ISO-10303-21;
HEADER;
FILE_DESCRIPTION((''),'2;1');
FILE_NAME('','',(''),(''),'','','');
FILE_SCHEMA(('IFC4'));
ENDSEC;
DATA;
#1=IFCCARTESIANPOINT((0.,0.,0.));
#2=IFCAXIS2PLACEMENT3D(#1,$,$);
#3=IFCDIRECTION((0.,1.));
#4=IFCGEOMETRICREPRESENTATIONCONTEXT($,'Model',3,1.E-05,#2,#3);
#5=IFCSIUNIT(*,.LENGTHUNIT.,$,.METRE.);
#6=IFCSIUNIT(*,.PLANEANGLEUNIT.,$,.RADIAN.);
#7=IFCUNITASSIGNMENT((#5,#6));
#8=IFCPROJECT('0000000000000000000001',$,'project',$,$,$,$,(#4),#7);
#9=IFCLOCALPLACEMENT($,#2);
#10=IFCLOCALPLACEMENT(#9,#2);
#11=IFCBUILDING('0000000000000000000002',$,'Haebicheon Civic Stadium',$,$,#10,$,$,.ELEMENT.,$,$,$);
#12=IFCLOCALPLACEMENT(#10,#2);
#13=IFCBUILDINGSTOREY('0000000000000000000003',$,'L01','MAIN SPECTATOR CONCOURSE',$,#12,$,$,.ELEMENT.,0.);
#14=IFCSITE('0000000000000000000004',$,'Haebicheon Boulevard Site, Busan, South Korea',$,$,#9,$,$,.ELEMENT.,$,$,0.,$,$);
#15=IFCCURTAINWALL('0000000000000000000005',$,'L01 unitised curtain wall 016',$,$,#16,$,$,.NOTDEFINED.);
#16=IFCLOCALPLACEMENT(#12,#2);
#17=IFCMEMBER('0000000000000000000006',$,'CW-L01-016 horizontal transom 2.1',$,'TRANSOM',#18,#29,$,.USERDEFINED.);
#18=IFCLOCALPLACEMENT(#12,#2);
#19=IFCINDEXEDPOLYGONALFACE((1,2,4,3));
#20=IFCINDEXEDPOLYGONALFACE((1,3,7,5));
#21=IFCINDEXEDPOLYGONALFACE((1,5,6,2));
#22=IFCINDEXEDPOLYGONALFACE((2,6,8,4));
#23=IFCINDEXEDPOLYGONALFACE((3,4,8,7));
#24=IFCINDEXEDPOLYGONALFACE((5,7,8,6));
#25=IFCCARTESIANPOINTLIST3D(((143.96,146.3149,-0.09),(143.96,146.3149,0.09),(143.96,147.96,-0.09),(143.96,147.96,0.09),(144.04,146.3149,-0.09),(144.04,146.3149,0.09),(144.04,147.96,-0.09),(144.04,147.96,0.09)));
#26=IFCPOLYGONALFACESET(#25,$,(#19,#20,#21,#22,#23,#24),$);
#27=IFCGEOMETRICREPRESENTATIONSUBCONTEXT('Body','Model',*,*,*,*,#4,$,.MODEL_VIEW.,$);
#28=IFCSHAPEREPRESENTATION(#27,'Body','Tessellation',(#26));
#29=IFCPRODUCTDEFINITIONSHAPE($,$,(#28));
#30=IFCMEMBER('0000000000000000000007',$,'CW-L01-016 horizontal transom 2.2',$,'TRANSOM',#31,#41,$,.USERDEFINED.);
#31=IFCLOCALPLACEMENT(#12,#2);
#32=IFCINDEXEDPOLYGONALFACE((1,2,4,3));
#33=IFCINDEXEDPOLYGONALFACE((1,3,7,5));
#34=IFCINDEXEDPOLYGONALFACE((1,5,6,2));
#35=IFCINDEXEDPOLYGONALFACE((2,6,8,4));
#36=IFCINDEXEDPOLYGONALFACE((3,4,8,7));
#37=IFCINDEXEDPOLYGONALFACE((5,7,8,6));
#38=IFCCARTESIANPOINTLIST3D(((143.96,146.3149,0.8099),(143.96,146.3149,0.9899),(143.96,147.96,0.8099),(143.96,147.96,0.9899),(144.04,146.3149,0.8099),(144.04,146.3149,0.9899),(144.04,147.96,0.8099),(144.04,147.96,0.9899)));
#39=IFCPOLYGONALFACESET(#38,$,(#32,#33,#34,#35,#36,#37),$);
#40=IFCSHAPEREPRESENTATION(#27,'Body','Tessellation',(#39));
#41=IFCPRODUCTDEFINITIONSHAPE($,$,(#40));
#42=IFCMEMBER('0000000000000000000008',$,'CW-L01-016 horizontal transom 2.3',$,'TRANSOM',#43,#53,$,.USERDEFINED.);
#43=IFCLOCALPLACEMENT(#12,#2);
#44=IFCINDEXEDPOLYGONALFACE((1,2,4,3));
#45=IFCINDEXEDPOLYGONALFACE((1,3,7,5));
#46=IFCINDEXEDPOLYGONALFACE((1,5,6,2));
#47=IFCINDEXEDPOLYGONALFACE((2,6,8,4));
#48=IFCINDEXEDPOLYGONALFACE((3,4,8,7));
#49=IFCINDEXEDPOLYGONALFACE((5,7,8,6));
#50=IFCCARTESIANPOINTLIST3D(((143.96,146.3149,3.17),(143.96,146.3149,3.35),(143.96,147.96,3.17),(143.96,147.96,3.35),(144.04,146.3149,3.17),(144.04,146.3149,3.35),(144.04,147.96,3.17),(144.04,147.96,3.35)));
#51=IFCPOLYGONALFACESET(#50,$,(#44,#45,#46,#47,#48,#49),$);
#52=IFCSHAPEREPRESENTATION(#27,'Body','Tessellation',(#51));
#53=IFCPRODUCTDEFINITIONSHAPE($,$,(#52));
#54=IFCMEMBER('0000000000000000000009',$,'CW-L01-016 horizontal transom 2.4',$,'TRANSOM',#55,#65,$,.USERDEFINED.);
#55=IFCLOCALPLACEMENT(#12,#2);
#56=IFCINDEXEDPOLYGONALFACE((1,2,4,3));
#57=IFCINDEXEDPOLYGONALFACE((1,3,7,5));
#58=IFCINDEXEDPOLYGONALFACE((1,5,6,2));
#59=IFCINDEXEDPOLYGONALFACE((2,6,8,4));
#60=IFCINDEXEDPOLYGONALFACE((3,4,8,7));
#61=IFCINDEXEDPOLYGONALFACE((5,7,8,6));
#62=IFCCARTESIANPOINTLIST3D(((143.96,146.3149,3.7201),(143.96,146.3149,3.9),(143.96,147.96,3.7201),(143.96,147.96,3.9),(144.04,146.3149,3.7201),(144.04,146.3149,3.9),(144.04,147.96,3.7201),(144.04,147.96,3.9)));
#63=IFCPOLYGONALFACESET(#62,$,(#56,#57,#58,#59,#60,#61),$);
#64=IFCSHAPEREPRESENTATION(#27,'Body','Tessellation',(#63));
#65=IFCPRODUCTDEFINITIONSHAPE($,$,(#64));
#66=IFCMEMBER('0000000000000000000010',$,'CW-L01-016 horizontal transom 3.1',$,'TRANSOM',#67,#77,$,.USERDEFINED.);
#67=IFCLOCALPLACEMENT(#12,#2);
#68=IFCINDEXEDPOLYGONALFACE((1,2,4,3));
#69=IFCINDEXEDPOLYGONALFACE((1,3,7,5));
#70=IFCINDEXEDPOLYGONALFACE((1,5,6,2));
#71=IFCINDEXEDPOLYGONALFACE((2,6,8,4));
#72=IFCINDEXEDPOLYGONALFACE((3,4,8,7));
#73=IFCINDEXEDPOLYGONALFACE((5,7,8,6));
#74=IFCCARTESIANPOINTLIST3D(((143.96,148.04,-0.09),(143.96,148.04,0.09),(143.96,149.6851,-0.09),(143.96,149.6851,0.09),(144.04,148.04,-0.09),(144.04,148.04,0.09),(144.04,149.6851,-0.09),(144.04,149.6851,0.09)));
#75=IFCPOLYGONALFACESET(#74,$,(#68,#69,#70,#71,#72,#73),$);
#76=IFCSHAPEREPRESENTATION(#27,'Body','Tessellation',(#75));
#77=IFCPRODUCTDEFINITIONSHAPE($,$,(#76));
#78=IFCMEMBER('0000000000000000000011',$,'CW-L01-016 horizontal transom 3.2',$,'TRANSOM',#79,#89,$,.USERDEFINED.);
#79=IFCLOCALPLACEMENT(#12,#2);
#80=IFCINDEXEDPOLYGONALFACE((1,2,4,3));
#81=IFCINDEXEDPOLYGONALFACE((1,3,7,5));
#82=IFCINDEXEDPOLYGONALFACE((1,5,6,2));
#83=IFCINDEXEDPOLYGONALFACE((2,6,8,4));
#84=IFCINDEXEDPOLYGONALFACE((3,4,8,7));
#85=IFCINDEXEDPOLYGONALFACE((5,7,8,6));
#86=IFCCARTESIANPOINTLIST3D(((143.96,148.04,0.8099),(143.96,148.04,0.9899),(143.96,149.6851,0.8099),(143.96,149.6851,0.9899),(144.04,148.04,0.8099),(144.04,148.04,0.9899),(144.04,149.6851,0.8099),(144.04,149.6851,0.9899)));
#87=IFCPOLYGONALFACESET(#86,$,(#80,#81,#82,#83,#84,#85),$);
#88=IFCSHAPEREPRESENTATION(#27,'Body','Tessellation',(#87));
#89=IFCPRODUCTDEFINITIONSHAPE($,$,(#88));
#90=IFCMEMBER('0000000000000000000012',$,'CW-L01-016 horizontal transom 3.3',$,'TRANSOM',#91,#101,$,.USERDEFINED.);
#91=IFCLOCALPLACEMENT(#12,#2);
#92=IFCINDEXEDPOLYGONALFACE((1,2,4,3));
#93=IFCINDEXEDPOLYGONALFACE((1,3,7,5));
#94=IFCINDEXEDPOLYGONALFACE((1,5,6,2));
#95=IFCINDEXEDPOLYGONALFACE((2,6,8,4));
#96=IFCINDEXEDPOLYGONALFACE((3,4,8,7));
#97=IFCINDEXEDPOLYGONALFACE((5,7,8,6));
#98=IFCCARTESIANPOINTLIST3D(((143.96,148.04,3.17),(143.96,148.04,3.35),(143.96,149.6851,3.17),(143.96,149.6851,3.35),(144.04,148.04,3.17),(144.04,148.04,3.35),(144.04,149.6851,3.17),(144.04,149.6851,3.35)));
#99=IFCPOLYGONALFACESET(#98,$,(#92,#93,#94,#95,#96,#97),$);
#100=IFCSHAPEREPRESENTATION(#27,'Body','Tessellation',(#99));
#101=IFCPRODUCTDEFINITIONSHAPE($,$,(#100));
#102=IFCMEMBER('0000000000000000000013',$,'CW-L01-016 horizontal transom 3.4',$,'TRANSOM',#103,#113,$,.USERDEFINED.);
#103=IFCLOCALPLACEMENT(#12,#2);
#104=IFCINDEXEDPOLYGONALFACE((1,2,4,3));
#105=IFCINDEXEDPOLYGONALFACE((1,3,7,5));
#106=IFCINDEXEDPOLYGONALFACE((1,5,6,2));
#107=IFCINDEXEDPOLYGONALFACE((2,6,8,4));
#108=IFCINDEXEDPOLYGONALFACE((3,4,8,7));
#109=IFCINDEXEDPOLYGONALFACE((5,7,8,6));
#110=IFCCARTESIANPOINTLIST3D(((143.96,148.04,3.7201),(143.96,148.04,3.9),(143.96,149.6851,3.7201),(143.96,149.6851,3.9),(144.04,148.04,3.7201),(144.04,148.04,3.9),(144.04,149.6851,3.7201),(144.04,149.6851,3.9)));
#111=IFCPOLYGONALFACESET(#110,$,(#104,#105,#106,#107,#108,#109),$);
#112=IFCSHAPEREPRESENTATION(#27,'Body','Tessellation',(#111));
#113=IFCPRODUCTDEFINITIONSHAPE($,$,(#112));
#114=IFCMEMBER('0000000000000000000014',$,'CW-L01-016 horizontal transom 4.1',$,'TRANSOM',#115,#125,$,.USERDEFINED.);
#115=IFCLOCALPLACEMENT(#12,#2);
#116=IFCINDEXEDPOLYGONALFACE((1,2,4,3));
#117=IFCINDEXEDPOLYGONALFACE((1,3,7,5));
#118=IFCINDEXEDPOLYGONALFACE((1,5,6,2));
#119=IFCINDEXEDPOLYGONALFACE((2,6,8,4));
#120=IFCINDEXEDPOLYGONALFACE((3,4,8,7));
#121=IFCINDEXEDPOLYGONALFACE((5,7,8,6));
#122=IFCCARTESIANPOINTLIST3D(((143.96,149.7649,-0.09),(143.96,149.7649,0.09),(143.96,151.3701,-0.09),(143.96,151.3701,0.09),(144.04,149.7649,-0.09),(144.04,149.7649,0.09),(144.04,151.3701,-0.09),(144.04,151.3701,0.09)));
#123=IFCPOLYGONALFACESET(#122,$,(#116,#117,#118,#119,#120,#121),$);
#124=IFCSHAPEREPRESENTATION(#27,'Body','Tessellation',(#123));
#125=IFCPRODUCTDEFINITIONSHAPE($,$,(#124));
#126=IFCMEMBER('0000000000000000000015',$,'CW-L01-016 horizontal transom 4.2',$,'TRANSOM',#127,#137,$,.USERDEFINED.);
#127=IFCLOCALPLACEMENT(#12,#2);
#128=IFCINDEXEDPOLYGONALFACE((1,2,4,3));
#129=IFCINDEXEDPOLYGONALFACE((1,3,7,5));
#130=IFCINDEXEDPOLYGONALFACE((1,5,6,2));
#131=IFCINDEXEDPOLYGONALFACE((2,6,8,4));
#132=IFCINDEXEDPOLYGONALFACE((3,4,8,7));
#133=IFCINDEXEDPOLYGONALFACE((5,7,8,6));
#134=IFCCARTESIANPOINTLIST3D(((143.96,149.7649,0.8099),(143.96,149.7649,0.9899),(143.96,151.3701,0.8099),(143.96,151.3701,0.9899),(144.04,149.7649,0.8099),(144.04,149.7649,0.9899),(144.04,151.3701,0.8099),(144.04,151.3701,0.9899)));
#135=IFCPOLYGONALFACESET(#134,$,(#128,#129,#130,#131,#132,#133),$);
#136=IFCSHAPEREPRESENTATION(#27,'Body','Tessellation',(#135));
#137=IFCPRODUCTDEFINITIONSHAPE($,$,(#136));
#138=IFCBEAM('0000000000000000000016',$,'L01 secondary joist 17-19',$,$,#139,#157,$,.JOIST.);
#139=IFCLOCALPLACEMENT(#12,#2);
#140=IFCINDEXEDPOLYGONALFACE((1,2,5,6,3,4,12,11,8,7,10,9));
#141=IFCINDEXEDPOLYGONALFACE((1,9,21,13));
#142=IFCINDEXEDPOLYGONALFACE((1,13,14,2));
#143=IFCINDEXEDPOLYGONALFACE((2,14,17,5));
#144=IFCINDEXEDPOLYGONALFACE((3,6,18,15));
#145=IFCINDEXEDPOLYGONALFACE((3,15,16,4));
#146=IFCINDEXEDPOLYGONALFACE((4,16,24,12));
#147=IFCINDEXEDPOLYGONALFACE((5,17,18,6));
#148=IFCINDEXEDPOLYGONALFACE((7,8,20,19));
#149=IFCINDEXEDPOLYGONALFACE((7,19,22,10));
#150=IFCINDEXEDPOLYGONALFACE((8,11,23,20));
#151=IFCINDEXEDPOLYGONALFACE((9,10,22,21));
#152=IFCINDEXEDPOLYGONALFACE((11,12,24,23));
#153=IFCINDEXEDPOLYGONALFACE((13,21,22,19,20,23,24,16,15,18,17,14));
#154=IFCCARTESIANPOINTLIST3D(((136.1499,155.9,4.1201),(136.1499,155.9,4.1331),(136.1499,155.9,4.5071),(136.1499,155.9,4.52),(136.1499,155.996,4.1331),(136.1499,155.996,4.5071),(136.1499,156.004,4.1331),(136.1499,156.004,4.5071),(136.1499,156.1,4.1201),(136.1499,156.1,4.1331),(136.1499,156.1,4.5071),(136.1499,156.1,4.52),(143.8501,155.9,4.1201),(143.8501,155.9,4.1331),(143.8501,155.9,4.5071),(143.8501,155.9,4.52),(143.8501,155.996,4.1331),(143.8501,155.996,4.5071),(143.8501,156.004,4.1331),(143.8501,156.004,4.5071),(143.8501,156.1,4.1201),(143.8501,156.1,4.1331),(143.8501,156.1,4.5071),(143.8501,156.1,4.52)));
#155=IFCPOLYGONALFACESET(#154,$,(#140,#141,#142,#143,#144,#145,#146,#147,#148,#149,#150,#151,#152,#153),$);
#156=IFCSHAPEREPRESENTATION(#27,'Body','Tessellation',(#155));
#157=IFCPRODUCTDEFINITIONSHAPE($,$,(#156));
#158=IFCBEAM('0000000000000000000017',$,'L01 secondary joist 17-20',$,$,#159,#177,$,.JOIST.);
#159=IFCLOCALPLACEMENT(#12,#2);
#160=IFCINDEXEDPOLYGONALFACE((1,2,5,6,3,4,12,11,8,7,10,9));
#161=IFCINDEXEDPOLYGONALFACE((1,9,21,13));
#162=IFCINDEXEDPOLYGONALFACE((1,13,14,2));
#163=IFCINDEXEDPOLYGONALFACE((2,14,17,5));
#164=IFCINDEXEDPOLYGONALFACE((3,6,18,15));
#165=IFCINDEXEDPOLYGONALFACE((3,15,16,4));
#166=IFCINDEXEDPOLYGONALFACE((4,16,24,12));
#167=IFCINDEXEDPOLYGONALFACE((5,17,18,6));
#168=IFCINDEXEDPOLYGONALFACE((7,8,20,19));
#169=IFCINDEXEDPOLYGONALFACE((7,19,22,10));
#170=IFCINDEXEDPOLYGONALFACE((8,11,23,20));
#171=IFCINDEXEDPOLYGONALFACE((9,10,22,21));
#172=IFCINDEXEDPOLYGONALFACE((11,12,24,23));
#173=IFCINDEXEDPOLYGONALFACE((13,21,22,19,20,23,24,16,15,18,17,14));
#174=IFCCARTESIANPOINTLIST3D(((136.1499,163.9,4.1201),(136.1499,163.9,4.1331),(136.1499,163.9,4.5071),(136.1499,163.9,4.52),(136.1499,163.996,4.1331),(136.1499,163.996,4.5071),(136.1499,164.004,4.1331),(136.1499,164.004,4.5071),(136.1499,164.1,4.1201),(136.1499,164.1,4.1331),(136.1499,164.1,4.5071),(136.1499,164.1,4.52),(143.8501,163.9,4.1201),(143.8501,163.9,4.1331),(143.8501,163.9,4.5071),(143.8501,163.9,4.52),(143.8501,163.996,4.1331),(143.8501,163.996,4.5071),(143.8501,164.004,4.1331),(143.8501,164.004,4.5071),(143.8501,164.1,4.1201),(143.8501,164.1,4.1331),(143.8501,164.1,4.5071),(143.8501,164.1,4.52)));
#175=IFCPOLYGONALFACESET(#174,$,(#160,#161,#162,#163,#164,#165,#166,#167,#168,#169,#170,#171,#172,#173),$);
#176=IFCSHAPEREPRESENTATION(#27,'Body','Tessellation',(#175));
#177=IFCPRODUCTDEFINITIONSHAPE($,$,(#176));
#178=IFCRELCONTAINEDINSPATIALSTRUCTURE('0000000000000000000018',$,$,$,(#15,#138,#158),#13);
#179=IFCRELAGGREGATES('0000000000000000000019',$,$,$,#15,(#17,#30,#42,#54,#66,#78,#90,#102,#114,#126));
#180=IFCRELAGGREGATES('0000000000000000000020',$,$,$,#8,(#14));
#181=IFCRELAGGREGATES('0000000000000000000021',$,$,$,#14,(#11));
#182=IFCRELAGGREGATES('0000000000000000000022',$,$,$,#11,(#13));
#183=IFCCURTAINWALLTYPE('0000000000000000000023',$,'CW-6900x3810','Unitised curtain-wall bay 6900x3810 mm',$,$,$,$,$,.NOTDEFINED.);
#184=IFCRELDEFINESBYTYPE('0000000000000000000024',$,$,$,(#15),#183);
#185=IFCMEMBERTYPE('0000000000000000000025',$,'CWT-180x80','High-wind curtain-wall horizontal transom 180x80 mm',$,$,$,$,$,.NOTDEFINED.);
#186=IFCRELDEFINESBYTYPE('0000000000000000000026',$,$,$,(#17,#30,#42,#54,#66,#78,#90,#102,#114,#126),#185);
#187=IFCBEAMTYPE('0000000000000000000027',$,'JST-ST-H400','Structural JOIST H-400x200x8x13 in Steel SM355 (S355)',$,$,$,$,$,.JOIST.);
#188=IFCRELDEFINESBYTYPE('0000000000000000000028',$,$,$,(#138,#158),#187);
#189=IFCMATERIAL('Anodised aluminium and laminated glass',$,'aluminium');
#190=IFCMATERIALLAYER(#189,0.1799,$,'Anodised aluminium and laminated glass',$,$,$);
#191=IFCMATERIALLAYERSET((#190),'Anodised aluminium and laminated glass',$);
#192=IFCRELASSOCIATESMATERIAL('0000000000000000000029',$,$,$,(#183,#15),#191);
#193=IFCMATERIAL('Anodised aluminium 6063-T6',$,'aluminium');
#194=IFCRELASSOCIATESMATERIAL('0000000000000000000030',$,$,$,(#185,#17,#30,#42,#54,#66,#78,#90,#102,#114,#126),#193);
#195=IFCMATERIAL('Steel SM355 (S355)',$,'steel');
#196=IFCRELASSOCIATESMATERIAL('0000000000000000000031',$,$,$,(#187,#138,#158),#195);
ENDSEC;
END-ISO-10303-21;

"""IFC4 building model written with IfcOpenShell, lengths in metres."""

from ifc_helpers import new_model, si_unit, direction, frame, origin, origin_2d, place, context, subcontext, project, spatial, rectangle, i_section, extrude, material, layer, layer_set, material_profile, profile_set, type_object, element, aggregate, save


model = new_model("IFC4")

# Units and contexts
model_context = context("Model", 3, precision=1e-05, world=origin(), true_north=direction((0.0, 1.0)))
body_context = subcontext(model_context, "Body", "Model", "MODEL_VIEW")
ifc_project = project(units=[si_unit("LENGTHUNIT", "METRE"), si_unit("PLANEANGLEUNIT", "RADIAN")], contexts=[model_context])

# Site, building, storey
site_placement = place(None, origin())
site = spatial("IfcSite", under=ifc_project, at=site_placement, Name="Haebicheon Boulevard Site, Busan, South Korea", CompositionType="ELEMENT", RefElevation=0.0)
building_placement = place(site_placement, origin())
building = spatial("IfcBuilding", under=site, at=building_placement, Name="Haebicheon Civic Stadium", CompositionType="ELEMENT")
storey_placement = place(building_placement, origin())
storey = spatial("IfcBuildingStorey", under=building, at=storey_placement, Name="L01", Description="MAIN SPECTATOR CONCOURSE", CompositionType="ELEMENT", Elevation=0.0)

# Curtain wall, members
ifc_material_1 = material(Name="Anodised aluminium and laminated glass", Category="aluminium")
ifc_layer_1 = layer(ifc_material_1, 0.1799, Name="Anodised aluminium and laminated glass")
ifc_layer_set_1 = layer_set([ifc_layer_1], Name="Anodised aluminium and laminated glass")
curtain_wall_type = type_object("IfcCurtainWallType", Name="CW-6900x3810", Description="Unitised curtain-wall bay 6900x3810 mm", PredefinedType="NOTDEFINED", material=ifc_layer_set_1)
curtain_wall_placement = place(storey_placement, origin())
curtain_wall = element("IfcCurtainWall", 1, at=curtain_wall_placement, inside=storey, type_object=curtain_wall_type, material=ifc_layer_set_1, Name="L01 unitised curtain wall 016", PredefinedType="NOTDEFINED")
ifc_material_2 = material(Name="Anodised aluminium 6063-T6", Category="aluminium")
ifc_material_profile_1 = material_profile(ifc_material_2, rectangle(XDim=0.0801, YDim=0.1799, at=origin_2d()), Name="ALU-TRAN-80x180")
ifc_profile_set_1 = profile_set([ifc_material_profile_1], Name="Anodised aluminium 6063-T6")
member_type_1 = type_object("IfcMemberType", Name="CWT-180x80", Description="High-wind curtain-wall horizontal transom 180x80 mm", PredefinedType="NOTDEFINED", material=ifc_profile_set_1)
member_1_placement = place(storey_placement, frame((144.0, 146.3149, 0.0), z_axis=(0.0, 1.0, 0.0), x_axis=(-1.0, 0.0, 0.0)))
member_1 = element("IfcMember", 2, at=member_1_placement, type_object=member_type_1, material=ifc_profile_set_1, Name="CW-L01-016 horizontal transom 2.1", ObjectType="TRANSOM", PredefinedType="USERDEFINED", context=body_context, shape_type="SweptSolid", body=[
    extrude(rectangle(XDim=0.0801, YDim=0.1799, at=origin_2d()), origin(), (0.0, 0.0, 1.0), 1.645),
])
member_2_placement = place(storey_placement, frame((144.0, 146.3149, 0.8999), z_axis=(0.0, 1.0, 0.0), x_axis=(-1.0, 0.0, 0.0)))
member_2 = element("IfcMember", 3, at=member_2_placement, type_object=member_type_1, material=ifc_profile_set_1, Name="CW-L01-016 horizontal transom 2.2", ObjectType="TRANSOM", PredefinedType="USERDEFINED", context=body_context, shape_type="SweptSolid", body=[
    extrude(rectangle(XDim=0.0801, YDim=0.1799, at=origin_2d()), origin(), (0.0, 0.0, 1.0), 1.645),
])
member_3_placement = place(storey_placement, frame((144.0, 146.3149, 3.26), z_axis=(0.0, 1.0, 0.0), x_axis=(-1.0, 0.0, 0.0)))
member_3 = element("IfcMember", 4, at=member_3_placement, type_object=member_type_1, material=ifc_profile_set_1, Name="CW-L01-016 horizontal transom 2.3", ObjectType="TRANSOM", PredefinedType="USERDEFINED", context=body_context, shape_type="SweptSolid", body=[
    extrude(rectangle(XDim=0.0801, YDim=0.1799, at=origin_2d()), origin(), (0.0, 0.0, 1.0), 1.645),
])
member_4_placement = place(storey_placement, frame((144.0, 146.3149, 3.8101), z_axis=(0.0, 1.0, 0.0), x_axis=(-1.0, 0.0, 0.0)))
member_4 = element("IfcMember", 5, at=member_4_placement, type_object=member_type_1, material=ifc_profile_set_1, Name="CW-L01-016 horizontal transom 2.4", ObjectType="TRANSOM", PredefinedType="USERDEFINED", context=body_context, shape_type="SweptSolid", body=[
    extrude(rectangle(XDim=0.0801, YDim=0.1799, at=origin_2d()), origin(), (0.0, 0.0, 1.0), 1.645),
])
member_5_placement = place(storey_placement, frame((144.0, 148.04, 0.0), z_axis=(0.0, 1.0, 0.0), x_axis=(-1.0, 0.0, 0.0)))
member_5 = element("IfcMember", 6, at=member_5_placement, type_object=member_type_1, material=ifc_profile_set_1, Name="CW-L01-016 horizontal transom 3.1", ObjectType="TRANSOM", PredefinedType="USERDEFINED", context=body_context, shape_type="SweptSolid", body=[
    extrude(rectangle(XDim=0.0801, YDim=0.1799, at=origin_2d()), origin(), (0.0, 0.0, 1.0), 1.645),
])
member_6_placement = place(storey_placement, frame((144.0, 148.04, 0.8999), z_axis=(0.0, 1.0, 0.0), x_axis=(-1.0, 0.0, 0.0)))
member_6 = element("IfcMember", 7, at=member_6_placement, type_object=member_type_1, material=ifc_profile_set_1, Name="CW-L01-016 horizontal transom 3.2", ObjectType="TRANSOM", PredefinedType="USERDEFINED", context=body_context, shape_type="SweptSolid", body=[
    extrude(rectangle(XDim=0.0801, YDim=0.1799, at=origin_2d()), origin(), (0.0, 0.0, 1.0), 1.645),
])
member_7_placement = place(storey_placement, frame((144.0, 148.04, 3.26), z_axis=(0.0, 1.0, 0.0), x_axis=(-1.0, 0.0, 0.0)))
member_7 = element("IfcMember", 8, at=member_7_placement, type_object=member_type_1, material=ifc_profile_set_1, Name="CW-L01-016 horizontal transom 3.3", ObjectType="TRANSOM", PredefinedType="USERDEFINED", context=body_context, shape_type="SweptSolid", body=[
    extrude(rectangle(XDim=0.0801, YDim=0.1799, at=origin_2d()), origin(), (0.0, 0.0, 1.0), 1.645),
])
member_8_placement = place(storey_placement, frame((144.0, 148.04, 3.8101), z_axis=(0.0, 1.0, 0.0), x_axis=(-1.0, 0.0, 0.0)))
member_8 = element("IfcMember", 9, at=member_8_placement, type_object=member_type_1, material=ifc_profile_set_1, Name="CW-L01-016 horizontal transom 3.4", ObjectType="TRANSOM", PredefinedType="USERDEFINED", context=body_context, shape_type="SweptSolid", body=[
    extrude(rectangle(XDim=0.0801, YDim=0.1799, at=origin_2d()), origin(), (0.0, 0.0, 1.0), 1.645),
])
member_9_placement = place(storey_placement, frame((144.0, 149.7649, 0.0), z_axis=(0.0, 1.0, 0.0), x_axis=(-1.0, 0.0, 0.0)))
member_9 = element("IfcMember", 10, at=member_9_placement, type_object=member_type_1, material=ifc_profile_set_1, Name="CW-L01-016 horizontal transom 4.1", ObjectType="TRANSOM", PredefinedType="USERDEFINED", context=body_context, shape_type="SweptSolid", body=[
    extrude(rectangle(XDim=0.0801, YDim=0.1799, at=origin_2d()), origin(), (0.0, 0.0, 1.0), 1.6052),
])
member_10_placement = place(storey_placement, frame((144.0, 149.7649, 0.8999), z_axis=(0.0, 1.0, 0.0), x_axis=(-1.0, 0.0, 0.0)))
member_10 = element("IfcMember", 11, at=member_10_placement, type_object=member_type_1, material=ifc_profile_set_1, Name="CW-L01-016 horizontal transom 4.2", ObjectType="TRANSOM", PredefinedType="USERDEFINED", context=body_context, shape_type="SweptSolid", body=[
    extrude(rectangle(XDim=0.0801, YDim=0.1799, at=origin_2d()), origin(), (0.0, 0.0, 1.0), 1.6052),
])

# Beams
ifc_material_3 = material(Name="Steel SM355 (S355)", Category="steel")
ifc_material_profile_2 = material_profile(ifc_material_3, i_section(OverallWidth=0.2, OverallDepth=0.3999, WebThickness=0.0081, FlangeThickness=0.0129, at=origin_2d()), Name="H-400x200x8x13")
ifc_profile_set_2 = profile_set([ifc_material_profile_2], Name="Steel SM355 (S355)")
beam_type_1 = type_object("IfcBeamType", Name="JST-ST-H400", Description="Structural JOIST H-400x200x8x13 in Steel SM355 (S355)", PredefinedType="JOIST", material=ifc_profile_set_2)
for number, where, z_axis, x_axis, name in (
    (12, (136.1499, 156.0, 4.3201), (1.0, 0.0, 0.0), (0.0, 1.0, 0.0), "L01 secondary joist 17-19"),
    (13, (136.1499, 164.0, 4.3201), (1.0, 0.0, 0.0), (0.0, 1.0, 0.0), "L01 secondary joist 17-20"),
):
    element("IfcBeam", number, at=place(storey_placement, frame(where, z_axis=z_axis, x_axis=x_axis)), inside=storey, type_object=beam_type_1, material=ifc_profile_set_2, Name=name, PredefinedType="JOIST", context=body_context, shape_type="SweptSolid", body=[
        extrude(i_section(OverallWidth=0.2, OverallDepth=0.3999, WebThickness=0.0081, FlangeThickness=0.0129, at=origin_2d()), origin(), (0.0, 0.0, 1.0), 7.7002),
    ])

aggregate(curtain_wall, [member_1, member_2, member_3, member_4, member_5, member_6, member_7, member_8, member_9, member_10])

save(model, "model.ifc")
